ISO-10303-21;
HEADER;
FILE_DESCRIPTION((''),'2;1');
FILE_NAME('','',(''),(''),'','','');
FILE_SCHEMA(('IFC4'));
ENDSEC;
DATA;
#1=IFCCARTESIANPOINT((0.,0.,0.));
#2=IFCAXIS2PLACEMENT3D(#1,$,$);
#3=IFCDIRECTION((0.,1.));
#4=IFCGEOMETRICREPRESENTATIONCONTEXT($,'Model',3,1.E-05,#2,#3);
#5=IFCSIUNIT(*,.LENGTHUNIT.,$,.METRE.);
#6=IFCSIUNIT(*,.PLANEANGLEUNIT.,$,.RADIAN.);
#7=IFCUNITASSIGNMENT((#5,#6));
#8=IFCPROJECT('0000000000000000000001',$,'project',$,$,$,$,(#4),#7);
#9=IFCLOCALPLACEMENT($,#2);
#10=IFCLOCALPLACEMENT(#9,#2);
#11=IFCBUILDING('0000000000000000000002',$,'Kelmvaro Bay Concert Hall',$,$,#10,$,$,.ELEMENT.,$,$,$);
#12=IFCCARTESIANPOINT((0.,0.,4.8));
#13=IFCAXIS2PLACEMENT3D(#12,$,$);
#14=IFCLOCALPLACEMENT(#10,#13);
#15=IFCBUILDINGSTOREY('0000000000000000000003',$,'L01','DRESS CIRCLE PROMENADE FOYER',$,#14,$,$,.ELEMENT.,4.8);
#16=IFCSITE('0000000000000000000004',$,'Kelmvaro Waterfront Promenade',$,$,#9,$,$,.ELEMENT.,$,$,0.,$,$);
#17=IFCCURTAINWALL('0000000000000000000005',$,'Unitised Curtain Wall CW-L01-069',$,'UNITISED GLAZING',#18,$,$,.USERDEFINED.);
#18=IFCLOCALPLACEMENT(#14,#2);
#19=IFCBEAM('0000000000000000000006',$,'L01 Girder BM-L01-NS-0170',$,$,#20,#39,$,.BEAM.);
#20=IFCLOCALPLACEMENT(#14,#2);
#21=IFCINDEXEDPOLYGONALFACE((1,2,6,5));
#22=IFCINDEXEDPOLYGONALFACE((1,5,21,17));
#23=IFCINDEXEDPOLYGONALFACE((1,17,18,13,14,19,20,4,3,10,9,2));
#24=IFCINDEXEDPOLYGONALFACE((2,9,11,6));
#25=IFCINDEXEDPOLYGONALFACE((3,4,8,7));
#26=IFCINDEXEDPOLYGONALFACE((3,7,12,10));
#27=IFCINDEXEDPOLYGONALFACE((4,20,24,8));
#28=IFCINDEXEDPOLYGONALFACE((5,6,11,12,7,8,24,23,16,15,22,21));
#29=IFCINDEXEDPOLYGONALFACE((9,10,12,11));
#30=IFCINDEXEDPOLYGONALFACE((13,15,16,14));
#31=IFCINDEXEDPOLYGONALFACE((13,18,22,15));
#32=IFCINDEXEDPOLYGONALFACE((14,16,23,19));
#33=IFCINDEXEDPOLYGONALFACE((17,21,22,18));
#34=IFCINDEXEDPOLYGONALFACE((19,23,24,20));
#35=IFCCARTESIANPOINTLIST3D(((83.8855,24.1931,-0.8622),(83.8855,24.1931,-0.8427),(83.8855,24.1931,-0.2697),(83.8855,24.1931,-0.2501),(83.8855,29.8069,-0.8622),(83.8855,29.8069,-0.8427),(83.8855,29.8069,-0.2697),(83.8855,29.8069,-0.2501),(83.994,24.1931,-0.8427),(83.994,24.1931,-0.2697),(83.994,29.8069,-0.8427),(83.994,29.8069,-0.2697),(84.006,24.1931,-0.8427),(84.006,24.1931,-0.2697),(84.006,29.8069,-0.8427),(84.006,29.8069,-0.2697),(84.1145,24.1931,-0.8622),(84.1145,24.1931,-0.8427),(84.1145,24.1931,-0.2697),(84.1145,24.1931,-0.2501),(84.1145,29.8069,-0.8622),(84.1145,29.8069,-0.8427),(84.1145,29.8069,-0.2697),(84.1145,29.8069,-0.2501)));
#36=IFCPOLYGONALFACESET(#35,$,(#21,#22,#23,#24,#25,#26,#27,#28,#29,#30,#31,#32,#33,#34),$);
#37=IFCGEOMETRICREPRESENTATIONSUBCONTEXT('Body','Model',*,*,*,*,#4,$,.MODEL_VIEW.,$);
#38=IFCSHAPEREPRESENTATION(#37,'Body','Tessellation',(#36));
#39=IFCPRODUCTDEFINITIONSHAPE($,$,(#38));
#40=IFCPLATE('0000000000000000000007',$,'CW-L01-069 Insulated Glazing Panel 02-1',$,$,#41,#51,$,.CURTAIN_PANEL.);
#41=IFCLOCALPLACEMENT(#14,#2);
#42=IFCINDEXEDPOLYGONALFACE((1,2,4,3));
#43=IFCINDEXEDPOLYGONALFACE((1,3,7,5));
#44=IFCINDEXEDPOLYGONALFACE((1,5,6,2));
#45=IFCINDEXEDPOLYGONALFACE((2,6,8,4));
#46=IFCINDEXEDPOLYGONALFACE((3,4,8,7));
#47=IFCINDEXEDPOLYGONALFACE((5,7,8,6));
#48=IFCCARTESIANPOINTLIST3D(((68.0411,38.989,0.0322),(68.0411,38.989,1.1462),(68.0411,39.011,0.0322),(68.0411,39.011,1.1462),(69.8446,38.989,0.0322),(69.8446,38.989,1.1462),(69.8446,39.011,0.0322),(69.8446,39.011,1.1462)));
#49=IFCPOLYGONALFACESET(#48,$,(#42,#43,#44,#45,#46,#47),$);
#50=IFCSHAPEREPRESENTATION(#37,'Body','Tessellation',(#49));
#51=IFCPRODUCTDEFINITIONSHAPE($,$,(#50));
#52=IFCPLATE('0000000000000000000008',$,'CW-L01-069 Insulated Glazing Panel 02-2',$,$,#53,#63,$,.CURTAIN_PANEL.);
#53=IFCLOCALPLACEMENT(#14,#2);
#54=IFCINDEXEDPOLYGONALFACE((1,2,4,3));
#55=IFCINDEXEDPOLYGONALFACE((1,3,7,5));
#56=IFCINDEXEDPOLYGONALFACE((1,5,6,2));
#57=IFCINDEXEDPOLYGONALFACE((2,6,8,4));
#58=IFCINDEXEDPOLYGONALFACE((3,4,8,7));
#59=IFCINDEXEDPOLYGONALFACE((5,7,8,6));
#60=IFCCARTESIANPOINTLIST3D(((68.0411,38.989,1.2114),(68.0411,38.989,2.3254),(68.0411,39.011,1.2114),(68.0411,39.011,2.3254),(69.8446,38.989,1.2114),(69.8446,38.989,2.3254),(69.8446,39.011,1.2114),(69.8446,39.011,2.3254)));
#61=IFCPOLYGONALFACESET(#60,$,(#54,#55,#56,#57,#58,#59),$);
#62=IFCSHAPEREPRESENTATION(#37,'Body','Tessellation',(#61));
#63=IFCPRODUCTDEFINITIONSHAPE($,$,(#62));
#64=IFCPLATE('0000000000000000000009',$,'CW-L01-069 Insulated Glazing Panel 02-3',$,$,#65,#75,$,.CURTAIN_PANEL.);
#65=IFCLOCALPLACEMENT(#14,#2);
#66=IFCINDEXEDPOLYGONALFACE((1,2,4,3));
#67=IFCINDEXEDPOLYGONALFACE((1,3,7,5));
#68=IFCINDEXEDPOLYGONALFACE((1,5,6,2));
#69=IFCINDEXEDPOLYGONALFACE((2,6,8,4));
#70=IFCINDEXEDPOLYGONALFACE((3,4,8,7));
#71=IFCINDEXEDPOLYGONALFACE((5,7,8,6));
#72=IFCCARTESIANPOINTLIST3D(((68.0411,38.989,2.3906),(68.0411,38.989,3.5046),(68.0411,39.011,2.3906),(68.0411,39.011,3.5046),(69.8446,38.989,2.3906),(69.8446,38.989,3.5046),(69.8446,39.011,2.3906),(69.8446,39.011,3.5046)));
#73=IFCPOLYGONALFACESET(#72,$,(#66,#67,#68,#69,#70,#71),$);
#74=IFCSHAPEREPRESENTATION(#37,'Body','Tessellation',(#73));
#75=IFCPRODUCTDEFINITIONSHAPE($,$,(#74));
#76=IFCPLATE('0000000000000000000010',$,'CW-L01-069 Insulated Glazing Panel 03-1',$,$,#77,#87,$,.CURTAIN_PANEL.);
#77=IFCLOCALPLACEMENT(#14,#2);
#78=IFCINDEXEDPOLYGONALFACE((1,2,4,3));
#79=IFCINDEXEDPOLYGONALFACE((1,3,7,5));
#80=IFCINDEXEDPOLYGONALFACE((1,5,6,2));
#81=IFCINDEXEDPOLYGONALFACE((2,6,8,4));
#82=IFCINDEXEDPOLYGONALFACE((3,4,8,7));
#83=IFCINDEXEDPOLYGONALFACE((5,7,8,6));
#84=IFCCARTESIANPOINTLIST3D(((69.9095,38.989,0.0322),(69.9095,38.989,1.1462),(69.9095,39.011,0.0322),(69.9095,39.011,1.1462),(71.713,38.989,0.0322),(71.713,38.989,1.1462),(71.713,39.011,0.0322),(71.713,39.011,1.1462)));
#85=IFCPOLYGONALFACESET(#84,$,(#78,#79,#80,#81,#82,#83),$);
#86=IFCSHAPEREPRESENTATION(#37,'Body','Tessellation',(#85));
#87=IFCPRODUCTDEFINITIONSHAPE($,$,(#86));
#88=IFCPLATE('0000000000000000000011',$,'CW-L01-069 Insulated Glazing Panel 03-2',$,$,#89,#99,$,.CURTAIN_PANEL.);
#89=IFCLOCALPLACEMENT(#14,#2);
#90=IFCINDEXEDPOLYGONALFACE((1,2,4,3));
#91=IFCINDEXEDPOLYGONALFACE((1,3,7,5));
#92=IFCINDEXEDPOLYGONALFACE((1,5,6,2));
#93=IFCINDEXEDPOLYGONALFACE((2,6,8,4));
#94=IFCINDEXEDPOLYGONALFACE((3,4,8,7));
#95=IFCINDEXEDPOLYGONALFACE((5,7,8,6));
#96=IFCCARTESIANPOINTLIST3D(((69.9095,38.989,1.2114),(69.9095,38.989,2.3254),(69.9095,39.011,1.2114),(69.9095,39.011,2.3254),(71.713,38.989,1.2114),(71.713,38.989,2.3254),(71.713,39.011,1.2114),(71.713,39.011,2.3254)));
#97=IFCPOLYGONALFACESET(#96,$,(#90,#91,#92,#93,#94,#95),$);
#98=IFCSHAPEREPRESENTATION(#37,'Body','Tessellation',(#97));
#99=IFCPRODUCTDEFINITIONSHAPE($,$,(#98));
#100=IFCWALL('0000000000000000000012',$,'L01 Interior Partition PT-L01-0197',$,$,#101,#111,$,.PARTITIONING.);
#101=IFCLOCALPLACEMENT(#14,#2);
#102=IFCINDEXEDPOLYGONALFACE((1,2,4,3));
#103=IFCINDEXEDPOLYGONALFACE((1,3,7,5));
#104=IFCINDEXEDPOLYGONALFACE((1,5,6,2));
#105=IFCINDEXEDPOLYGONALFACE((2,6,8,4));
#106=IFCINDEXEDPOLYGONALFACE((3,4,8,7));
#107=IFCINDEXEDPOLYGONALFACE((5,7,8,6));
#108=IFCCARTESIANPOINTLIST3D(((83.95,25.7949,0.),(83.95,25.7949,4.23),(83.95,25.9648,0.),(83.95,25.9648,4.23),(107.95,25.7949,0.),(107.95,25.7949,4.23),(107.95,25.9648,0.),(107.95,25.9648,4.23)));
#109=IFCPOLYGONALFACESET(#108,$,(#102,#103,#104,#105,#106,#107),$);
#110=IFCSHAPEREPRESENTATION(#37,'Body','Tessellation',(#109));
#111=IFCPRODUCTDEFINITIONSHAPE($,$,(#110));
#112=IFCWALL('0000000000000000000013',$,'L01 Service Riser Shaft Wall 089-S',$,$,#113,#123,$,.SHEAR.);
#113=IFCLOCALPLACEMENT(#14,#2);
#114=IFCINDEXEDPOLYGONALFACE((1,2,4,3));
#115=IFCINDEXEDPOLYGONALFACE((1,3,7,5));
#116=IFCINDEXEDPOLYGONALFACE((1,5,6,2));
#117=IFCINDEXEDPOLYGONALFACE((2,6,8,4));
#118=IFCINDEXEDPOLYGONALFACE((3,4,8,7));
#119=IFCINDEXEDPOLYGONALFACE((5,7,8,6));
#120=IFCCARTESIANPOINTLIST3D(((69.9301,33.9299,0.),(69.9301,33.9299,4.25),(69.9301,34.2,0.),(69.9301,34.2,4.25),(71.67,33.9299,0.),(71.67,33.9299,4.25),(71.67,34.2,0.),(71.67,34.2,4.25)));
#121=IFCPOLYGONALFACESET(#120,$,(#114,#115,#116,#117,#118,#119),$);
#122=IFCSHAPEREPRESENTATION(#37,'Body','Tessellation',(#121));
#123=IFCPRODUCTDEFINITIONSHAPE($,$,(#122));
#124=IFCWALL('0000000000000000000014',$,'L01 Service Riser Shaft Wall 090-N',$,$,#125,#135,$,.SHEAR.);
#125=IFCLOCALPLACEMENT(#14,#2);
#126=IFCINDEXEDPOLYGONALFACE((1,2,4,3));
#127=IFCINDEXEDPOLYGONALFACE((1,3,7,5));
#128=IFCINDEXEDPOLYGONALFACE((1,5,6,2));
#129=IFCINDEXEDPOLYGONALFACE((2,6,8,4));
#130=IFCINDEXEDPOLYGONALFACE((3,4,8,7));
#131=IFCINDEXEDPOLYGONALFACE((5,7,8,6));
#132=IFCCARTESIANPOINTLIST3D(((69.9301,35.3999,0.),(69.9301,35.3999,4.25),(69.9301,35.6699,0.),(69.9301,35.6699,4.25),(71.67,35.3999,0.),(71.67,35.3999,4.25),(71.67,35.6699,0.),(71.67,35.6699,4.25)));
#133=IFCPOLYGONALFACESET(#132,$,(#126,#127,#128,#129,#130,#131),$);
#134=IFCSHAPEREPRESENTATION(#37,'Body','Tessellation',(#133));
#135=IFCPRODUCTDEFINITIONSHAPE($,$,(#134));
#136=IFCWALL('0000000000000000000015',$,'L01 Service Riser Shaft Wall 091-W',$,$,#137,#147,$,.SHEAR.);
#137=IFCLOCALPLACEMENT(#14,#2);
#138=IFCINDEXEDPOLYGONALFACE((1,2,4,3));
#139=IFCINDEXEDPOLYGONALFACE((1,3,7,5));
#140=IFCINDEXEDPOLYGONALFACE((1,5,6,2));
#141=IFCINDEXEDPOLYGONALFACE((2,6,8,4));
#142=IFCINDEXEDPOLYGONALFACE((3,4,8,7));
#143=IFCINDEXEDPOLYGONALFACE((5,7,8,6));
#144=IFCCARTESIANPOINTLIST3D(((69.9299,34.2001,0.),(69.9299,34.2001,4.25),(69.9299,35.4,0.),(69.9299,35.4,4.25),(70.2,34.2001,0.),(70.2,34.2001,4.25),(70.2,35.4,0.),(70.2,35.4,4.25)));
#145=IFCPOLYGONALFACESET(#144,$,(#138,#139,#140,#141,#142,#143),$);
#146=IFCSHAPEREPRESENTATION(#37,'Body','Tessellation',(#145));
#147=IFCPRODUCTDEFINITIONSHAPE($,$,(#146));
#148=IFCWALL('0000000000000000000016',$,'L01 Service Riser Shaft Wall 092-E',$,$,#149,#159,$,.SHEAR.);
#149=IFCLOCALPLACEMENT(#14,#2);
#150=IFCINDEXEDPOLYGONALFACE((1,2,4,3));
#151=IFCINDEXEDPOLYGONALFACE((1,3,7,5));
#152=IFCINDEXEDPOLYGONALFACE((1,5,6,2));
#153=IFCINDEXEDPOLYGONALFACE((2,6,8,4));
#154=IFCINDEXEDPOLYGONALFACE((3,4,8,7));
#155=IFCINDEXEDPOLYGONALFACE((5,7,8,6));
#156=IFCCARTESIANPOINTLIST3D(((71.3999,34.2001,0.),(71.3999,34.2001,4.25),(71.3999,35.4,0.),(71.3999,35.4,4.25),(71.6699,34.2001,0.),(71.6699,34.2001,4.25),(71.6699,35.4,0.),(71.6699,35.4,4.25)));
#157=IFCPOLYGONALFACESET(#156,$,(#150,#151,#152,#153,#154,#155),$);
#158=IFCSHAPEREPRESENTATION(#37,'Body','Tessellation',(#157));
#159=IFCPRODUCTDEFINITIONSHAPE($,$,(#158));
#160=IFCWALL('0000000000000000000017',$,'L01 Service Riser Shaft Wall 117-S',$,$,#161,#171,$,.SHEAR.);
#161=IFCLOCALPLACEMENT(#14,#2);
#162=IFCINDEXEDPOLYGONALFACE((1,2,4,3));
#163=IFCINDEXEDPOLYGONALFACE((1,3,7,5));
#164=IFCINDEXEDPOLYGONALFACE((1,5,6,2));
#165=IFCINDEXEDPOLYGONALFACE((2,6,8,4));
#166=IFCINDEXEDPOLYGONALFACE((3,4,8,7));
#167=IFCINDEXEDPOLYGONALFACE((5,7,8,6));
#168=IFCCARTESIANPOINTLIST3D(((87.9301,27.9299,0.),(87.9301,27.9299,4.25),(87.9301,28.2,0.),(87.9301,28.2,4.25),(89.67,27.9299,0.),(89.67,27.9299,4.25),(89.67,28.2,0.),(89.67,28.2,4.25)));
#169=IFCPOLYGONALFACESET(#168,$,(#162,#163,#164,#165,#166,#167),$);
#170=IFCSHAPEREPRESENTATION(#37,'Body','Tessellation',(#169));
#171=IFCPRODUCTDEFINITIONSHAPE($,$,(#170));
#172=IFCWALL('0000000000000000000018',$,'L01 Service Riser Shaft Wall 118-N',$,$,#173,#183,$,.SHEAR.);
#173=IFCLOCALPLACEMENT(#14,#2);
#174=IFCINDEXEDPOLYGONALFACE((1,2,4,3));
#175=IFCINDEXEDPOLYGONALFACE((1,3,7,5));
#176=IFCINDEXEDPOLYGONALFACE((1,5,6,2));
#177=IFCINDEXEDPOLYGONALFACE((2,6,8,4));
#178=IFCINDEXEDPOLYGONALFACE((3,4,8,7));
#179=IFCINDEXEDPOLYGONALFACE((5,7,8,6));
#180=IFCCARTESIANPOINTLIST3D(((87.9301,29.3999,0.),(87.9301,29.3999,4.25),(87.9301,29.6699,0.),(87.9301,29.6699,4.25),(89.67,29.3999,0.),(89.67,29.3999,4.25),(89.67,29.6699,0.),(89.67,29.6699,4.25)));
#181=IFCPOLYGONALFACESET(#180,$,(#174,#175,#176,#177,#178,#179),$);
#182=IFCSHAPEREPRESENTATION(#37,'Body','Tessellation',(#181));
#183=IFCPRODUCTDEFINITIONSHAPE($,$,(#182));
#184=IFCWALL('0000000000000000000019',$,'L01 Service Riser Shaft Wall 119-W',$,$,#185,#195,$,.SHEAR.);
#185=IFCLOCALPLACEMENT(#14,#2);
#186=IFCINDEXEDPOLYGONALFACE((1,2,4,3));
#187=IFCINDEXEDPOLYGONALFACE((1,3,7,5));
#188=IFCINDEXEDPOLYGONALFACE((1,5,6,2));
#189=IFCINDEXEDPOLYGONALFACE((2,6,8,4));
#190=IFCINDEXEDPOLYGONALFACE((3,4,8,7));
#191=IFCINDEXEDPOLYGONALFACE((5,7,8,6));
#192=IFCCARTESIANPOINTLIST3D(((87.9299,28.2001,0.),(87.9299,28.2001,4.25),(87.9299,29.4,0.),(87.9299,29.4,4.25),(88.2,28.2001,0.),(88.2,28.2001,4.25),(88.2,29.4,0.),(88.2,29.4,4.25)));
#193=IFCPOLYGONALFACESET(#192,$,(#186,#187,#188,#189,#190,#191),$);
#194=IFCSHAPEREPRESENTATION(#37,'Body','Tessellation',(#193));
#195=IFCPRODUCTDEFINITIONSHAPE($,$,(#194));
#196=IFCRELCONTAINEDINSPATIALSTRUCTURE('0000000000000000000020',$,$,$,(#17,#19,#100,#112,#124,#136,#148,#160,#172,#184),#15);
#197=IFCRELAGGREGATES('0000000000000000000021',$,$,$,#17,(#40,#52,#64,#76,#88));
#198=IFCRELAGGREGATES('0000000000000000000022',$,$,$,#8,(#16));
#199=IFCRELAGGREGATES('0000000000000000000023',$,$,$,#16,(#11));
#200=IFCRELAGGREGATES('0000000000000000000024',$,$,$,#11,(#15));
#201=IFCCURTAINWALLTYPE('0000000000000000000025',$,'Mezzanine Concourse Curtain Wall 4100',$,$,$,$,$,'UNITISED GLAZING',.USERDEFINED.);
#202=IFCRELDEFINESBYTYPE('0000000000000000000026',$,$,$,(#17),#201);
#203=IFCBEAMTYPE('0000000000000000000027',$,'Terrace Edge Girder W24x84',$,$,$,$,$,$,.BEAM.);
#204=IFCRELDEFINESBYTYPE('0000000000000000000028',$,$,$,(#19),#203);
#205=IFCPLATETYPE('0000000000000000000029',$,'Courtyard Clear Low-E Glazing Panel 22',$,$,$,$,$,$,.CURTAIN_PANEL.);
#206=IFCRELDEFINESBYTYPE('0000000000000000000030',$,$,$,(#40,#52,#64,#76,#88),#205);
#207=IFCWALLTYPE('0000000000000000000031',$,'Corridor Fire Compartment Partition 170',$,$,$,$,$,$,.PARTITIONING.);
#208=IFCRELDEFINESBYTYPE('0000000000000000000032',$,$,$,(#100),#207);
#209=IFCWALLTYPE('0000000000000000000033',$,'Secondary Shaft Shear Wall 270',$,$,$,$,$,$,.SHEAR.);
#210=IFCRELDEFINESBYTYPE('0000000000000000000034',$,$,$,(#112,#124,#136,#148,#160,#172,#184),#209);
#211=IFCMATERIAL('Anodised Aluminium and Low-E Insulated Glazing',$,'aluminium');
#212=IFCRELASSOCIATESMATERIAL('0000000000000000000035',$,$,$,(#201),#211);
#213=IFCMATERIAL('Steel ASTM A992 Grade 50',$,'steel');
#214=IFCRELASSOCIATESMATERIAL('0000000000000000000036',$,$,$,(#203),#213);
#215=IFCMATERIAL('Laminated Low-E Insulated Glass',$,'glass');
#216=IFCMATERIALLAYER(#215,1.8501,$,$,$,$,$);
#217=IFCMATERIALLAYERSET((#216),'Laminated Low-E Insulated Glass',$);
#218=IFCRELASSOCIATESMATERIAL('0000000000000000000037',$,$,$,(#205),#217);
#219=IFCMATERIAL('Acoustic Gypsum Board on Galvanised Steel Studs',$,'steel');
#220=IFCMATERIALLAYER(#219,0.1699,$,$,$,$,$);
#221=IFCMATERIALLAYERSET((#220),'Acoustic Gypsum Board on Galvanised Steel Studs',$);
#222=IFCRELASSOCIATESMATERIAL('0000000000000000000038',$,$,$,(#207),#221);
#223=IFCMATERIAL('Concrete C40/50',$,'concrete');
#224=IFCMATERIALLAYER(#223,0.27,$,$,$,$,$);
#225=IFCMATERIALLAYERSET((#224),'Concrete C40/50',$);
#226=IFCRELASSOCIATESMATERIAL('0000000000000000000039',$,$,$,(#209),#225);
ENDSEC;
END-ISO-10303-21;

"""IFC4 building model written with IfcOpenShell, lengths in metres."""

from ifc_helpers import new_model, si_unit, direction, frame, frame_2d, origin, origin_2d, place, context, subcontext, project, spatial, rectangle, i_section, extrude, material, layer, layer_set, material_profile, profile_set, type_object, element, aggregate, save


model = new_model("IFC4")

# Units and contexts
model_context = context("Model", 3, precision=1e-05, world=origin(), true_north=direction((0.0, 1.0)))
body_context = subcontext(model_context, "Body", "Model", "MODEL_VIEW")
ifc_project = project(units=[si_unit("LENGTHUNIT", "METRE"), si_unit("PLANEANGLEUNIT", "RADIAN")], contexts=[model_context])

# Site, building, storey
site_placement = place(None, origin())
site = spatial("IfcSite", under=ifc_project, at=site_placement, Name="Kelmvaro Waterfront Promenade", CompositionType="ELEMENT", RefElevation=0.0)
building_placement = place(site_placement, origin())
building = spatial("IfcBuilding", under=site, at=building_placement, Name="Kelmvaro Bay Concert Hall", CompositionType="ELEMENT")
storey_placement = place(building_placement, frame((0.0, 0.0, 4.8)))
storey = spatial("IfcBuildingStorey", under=building, at=storey_placement, Name="L01", Description="DRESS CIRCLE PROMENADE FOYER", CompositionType="ELEMENT", Elevation=4.8)

# Curtain wall
ifc_material_1 = material(Name="Anodised Aluminium and Low-E Insulated Glazing", Category="aluminium")
curtain_wall_type = type_object("IfcCurtainWallType", Name="Mezzanine Concourse Curtain Wall 4100", ElementType="UNITISED GLAZING", PredefinedType="USERDEFINED", material=ifc_material_1)
curtain_wall_placement = place(storey_placement, origin())
curtain_wall = element("IfcCurtainWall", 1, at=curtain_wall_placement, inside=storey, type_object=curtain_wall_type, Name="Unitised Curtain Wall CW-L01-069", ObjectType="UNITISED GLAZING", PredefinedType="USERDEFINED")

# Beam
ifc_material_2 = material(Name="Steel ASTM A992 Grade 50", Category="steel")
ifc_material_profile_1 = material_profile(ifc_material_2, i_section(OverallWidth=0.229, OverallDepth=0.6121, WebThickness=0.012, FlangeThickness=0.0195, at=origin_2d()), Name="W24X84")
ifc_profile_set_1 = profile_set([ifc_material_profile_1], Name="Steel ASTM A992 Grade 50")
beam_type_1 = type_object("IfcBeamType", Name="Terrace Edge Girder W24x84", PredefinedType="BEAM", material=ifc_profile_set_1)
beam_1_placement = place(storey_placement, frame((84.0, 24.1931, -0.5562), z_axis=(0.0, 1.0, 0.0), x_axis=(-1.0, 0.0, 0.0)))
element("IfcBeam", 2, at=beam_1_placement, inside=storey, type_object=beam_type_1, Name="L01 Girder BM-L01-NS-0170", PredefinedType="BEAM", context=body_context, shape_type="SweptSolid", body=[
    extrude(i_section(OverallWidth=0.229, OverallDepth=0.6121, WebThickness=0.012, FlangeThickness=0.0195, at=origin_2d()), origin(), (0.0, 0.0, 1.0), 5.6138),
])

# Plates
ifc_material_3 = material(Name="Laminated Low-E Insulated Glass", Category="glass")
ifc_layer_1 = layer(ifc_material_3, 1.8501)
ifc_layer_set_1 = layer_set([ifc_layer_1], Name="Laminated Low-E Insulated Glass")
plate_type = type_object("IfcPlateType", Name="Courtyard Clear Low-E Glazing Panel 22", PredefinedType="CURTAIN_PANEL", material=ifc_layer_set_1)
plate_1_placement = place(storey_placement, frame((68.9429, 39.0, 0.0322), z_axis=(0.0, 0.0, 1.0), x_axis=(1.0, 0.0, 0.0)))
plate_1 = element("IfcPlate", 3, at=plate_1_placement, type_object=plate_type, Name="CW-L01-069 Insulated Glazing Panel 02-1", PredefinedType="CURTAIN_PANEL", context=body_context, shape_type="SweptSolid", body=[
    extrude(rectangle(XDim=1.8035, YDim=0.022, at=origin_2d()), origin(), (0.0, 0.0, 1.0), 1.114),
])
plate_2_placement = place(storey_placement, frame((68.9429, 39.0, 1.2114), z_axis=(0.0, 0.0, 1.0), x_axis=(1.0, 0.0, 0.0)))
plate_2 = element("IfcPlate", 4, at=plate_2_placement, type_object=plate_type, Name="CW-L01-069 Insulated Glazing Panel 02-2", PredefinedType="CURTAIN_PANEL", context=body_context, shape_type="SweptSolid", body=[
    extrude(rectangle(XDim=1.8035, YDim=0.022, at=origin_2d()), origin(), (0.0, 0.0, 1.0), 1.114),
])
plate_3_placement = place(storey_placement, frame((68.9429, 39.0, 2.3906), z_axis=(0.0, 0.0, 1.0), x_axis=(1.0, 0.0, 0.0)))
plate_3 = element("IfcPlate", 5, at=plate_3_placement, type_object=plate_type, Name="CW-L01-069 Insulated Glazing Panel 02-3", PredefinedType="CURTAIN_PANEL", context=body_context, shape_type="SweptSolid", body=[
    extrude(rectangle(XDim=1.8035, YDim=0.022, at=origin_2d()), origin(), (0.0, 0.0, 1.0), 1.114),
])
plate_4_placement = place(storey_placement, frame((70.8113, 39.0, 0.0322), z_axis=(0.0, 0.0, 1.0), x_axis=(1.0, 0.0, 0.0)))
plate_4 = element("IfcPlate", 6, at=plate_4_placement, type_object=plate_type, Name="CW-L01-069 Insulated Glazing Panel 03-1", PredefinedType="CURTAIN_PANEL", context=body_context, shape_type="SweptSolid", body=[
    extrude(rectangle(XDim=1.8035, YDim=0.022, at=origin_2d()), origin(), (0.0, 0.0, 1.0), 1.114),
])
plate_5_placement = place(storey_placement, frame((70.8113, 39.0, 1.2114), z_axis=(0.0, 0.0, 1.0), x_axis=(1.0, 0.0, 0.0)))
plate_5 = element("IfcPlate", 7, at=plate_5_placement, type_object=plate_type, Name="CW-L01-069 Insulated Glazing Panel 03-2", PredefinedType="CURTAIN_PANEL", context=body_context, shape_type="SweptSolid", body=[
    extrude(rectangle(XDim=1.8035, YDim=0.022, at=origin_2d()), origin(), (0.0, 0.0, 1.0), 1.114),
])
aggregate(curtain_wall, [plate_1, plate_2, plate_3, plate_4, plate_5])

# Walls
ifc_material_4 = material(Name="Acoustic Gypsum Board on Galvanised Steel Studs", Category="steel")
ifc_layer_2 = layer(ifc_material_4, 0.1699)
ifc_layer_set_2 = layer_set([ifc_layer_2], Name="Acoustic Gypsum Board on Galvanised Steel Studs")
wall_type_1 = type_object("IfcWallType", Name="Corridor Fire Compartment Partition 170", PredefinedType="PARTITIONING", material=ifc_layer_set_2)
wall_placement = place(storey_placement, frame((83.95, 25.8799, 0.0), z_axis=(0.0, 0.0, 1.0), x_axis=(1.0, 0.0, 0.0)))
element("IfcWall", 8, at=wall_placement, inside=storey, type_object=wall_type_1, Name="L01 Interior Partition PT-L01-0197", PredefinedType="PARTITIONING", context=body_context, shape_type="SweptSolid", body=[
    extrude(rectangle(XDim=24.0, YDim=0.1699, at=frame_2d((12.0, 0.0))), origin(), (0.0, 0.0, 1.0), 4.23),
])
ifc_material_5 = material(Name="Concrete C40/50", Category="concrete")
ifc_layer_3 = layer(ifc_material_5, 0.27)
ifc_layer_set_3 = layer_set([ifc_layer_3], Name="Concrete C40/50")
wall_type_2 = type_object("IfcWallType", Name="Secondary Shaft Shear Wall 270", PredefinedType="SHEAR", material=ifc_layer_set_3)
for number, where, z_axis, x_axis, name in (
    (9, (69.9299, 34.0649, 0.0), (0.0, 0.0, 1.0), (1.0, 0.0, 0.0), "L01 Service Riser Shaft Wall 089-S"),
    (10, (69.9299, 35.5349, 0.0), (0.0, 0.0, 1.0), (1.0, 0.0, 0.0), "L01 Service Riser Shaft Wall 090-N"),
):
    element("IfcWall", number, at=place(storey_placement, frame(where, z_axis=z_axis, x_axis=x_axis)), inside=storey, type_object=wall_type_2, Name=name, PredefinedType="SHEAR", context=body_context, shape_type="SweptSolid", body=[
        extrude(rectangle(XDim=1.74, YDim=0.27, at=frame_2d((0.8701, 0.0))), origin(), (0.0, 0.0, 1.0), 4.25),
    ])
for number, where, z_axis, x_axis, name in (
    (11, (70.0649, 34.2, 0.0), (0.0, 0.0, 1.0), (0.0, 1.0, 0.0), "L01 Service Riser Shaft Wall 091-W"),
    (12, (71.5349, 34.2, 0.0), (0.0, 0.0, 1.0), (0.0, 1.0, 0.0), "L01 Service Riser Shaft Wall 092-E"),
):
    element("IfcWall", number, at=place(storey_placement, frame(where, z_axis=z_axis, x_axis=x_axis)), inside=storey, type_object=wall_type_2, Name=name, PredefinedType="SHEAR", context=body_context, shape_type="SweptSolid", body=[
        extrude(rectangle(XDim=1.2, YDim=0.27, at=frame_2d((0.6001, 0.0))), origin(), (0.0, 0.0, 1.0), 4.25),
    ])
for number, where, z_axis, x_axis, name in (
    (13, (87.9299, 28.0649, 0.0), (0.0, 0.0, 1.0), (1.0, 0.0, 0.0), "L01 Service Riser Shaft Wall 117-S"),
    (14, (87.9299, 29.5349, 0.0), (0.0, 0.0, 1.0), (1.0, 0.0, 0.0), "L01 Service Riser Shaft Wall 118-N"),
):
    element("IfcWall", number, at=place(storey_placement, frame(where, z_axis=z_axis, x_axis=x_axis)), inside=storey, type_object=wall_type_2, Name=name, PredefinedType="SHEAR", context=body_context, shape_type="SweptSolid", body=[
        extrude(rectangle(XDim=1.74, YDim=0.27, at=frame_2d((0.8701, 0.0))), origin(), (0.0, 0.0, 1.0), 4.25),
    ])
for number, where, z_axis, x_axis, name in (
    (15, (88.0649, 28.2, 0.0), (0.0, 0.0, 1.0), (0.0, 1.0, 0.0), "L01 Service Riser Shaft Wall 119-W"),
):
    element("IfcWall", number, at=place(storey_placement, frame(where, z_axis=z_axis, x_axis=x_axis)), inside=storey, type_object=wall_type_2, Name=name, PredefinedType="SHEAR", context=body_context, shape_type="SweptSolid", body=[
        extrude(rectangle(XDim=1.2, YDim=0.27, at=frame_2d((0.6001, 0.0))), origin(), (0.0, 0.0, 1.0), 4.25),
    ])

save(model, "model.ifc")
